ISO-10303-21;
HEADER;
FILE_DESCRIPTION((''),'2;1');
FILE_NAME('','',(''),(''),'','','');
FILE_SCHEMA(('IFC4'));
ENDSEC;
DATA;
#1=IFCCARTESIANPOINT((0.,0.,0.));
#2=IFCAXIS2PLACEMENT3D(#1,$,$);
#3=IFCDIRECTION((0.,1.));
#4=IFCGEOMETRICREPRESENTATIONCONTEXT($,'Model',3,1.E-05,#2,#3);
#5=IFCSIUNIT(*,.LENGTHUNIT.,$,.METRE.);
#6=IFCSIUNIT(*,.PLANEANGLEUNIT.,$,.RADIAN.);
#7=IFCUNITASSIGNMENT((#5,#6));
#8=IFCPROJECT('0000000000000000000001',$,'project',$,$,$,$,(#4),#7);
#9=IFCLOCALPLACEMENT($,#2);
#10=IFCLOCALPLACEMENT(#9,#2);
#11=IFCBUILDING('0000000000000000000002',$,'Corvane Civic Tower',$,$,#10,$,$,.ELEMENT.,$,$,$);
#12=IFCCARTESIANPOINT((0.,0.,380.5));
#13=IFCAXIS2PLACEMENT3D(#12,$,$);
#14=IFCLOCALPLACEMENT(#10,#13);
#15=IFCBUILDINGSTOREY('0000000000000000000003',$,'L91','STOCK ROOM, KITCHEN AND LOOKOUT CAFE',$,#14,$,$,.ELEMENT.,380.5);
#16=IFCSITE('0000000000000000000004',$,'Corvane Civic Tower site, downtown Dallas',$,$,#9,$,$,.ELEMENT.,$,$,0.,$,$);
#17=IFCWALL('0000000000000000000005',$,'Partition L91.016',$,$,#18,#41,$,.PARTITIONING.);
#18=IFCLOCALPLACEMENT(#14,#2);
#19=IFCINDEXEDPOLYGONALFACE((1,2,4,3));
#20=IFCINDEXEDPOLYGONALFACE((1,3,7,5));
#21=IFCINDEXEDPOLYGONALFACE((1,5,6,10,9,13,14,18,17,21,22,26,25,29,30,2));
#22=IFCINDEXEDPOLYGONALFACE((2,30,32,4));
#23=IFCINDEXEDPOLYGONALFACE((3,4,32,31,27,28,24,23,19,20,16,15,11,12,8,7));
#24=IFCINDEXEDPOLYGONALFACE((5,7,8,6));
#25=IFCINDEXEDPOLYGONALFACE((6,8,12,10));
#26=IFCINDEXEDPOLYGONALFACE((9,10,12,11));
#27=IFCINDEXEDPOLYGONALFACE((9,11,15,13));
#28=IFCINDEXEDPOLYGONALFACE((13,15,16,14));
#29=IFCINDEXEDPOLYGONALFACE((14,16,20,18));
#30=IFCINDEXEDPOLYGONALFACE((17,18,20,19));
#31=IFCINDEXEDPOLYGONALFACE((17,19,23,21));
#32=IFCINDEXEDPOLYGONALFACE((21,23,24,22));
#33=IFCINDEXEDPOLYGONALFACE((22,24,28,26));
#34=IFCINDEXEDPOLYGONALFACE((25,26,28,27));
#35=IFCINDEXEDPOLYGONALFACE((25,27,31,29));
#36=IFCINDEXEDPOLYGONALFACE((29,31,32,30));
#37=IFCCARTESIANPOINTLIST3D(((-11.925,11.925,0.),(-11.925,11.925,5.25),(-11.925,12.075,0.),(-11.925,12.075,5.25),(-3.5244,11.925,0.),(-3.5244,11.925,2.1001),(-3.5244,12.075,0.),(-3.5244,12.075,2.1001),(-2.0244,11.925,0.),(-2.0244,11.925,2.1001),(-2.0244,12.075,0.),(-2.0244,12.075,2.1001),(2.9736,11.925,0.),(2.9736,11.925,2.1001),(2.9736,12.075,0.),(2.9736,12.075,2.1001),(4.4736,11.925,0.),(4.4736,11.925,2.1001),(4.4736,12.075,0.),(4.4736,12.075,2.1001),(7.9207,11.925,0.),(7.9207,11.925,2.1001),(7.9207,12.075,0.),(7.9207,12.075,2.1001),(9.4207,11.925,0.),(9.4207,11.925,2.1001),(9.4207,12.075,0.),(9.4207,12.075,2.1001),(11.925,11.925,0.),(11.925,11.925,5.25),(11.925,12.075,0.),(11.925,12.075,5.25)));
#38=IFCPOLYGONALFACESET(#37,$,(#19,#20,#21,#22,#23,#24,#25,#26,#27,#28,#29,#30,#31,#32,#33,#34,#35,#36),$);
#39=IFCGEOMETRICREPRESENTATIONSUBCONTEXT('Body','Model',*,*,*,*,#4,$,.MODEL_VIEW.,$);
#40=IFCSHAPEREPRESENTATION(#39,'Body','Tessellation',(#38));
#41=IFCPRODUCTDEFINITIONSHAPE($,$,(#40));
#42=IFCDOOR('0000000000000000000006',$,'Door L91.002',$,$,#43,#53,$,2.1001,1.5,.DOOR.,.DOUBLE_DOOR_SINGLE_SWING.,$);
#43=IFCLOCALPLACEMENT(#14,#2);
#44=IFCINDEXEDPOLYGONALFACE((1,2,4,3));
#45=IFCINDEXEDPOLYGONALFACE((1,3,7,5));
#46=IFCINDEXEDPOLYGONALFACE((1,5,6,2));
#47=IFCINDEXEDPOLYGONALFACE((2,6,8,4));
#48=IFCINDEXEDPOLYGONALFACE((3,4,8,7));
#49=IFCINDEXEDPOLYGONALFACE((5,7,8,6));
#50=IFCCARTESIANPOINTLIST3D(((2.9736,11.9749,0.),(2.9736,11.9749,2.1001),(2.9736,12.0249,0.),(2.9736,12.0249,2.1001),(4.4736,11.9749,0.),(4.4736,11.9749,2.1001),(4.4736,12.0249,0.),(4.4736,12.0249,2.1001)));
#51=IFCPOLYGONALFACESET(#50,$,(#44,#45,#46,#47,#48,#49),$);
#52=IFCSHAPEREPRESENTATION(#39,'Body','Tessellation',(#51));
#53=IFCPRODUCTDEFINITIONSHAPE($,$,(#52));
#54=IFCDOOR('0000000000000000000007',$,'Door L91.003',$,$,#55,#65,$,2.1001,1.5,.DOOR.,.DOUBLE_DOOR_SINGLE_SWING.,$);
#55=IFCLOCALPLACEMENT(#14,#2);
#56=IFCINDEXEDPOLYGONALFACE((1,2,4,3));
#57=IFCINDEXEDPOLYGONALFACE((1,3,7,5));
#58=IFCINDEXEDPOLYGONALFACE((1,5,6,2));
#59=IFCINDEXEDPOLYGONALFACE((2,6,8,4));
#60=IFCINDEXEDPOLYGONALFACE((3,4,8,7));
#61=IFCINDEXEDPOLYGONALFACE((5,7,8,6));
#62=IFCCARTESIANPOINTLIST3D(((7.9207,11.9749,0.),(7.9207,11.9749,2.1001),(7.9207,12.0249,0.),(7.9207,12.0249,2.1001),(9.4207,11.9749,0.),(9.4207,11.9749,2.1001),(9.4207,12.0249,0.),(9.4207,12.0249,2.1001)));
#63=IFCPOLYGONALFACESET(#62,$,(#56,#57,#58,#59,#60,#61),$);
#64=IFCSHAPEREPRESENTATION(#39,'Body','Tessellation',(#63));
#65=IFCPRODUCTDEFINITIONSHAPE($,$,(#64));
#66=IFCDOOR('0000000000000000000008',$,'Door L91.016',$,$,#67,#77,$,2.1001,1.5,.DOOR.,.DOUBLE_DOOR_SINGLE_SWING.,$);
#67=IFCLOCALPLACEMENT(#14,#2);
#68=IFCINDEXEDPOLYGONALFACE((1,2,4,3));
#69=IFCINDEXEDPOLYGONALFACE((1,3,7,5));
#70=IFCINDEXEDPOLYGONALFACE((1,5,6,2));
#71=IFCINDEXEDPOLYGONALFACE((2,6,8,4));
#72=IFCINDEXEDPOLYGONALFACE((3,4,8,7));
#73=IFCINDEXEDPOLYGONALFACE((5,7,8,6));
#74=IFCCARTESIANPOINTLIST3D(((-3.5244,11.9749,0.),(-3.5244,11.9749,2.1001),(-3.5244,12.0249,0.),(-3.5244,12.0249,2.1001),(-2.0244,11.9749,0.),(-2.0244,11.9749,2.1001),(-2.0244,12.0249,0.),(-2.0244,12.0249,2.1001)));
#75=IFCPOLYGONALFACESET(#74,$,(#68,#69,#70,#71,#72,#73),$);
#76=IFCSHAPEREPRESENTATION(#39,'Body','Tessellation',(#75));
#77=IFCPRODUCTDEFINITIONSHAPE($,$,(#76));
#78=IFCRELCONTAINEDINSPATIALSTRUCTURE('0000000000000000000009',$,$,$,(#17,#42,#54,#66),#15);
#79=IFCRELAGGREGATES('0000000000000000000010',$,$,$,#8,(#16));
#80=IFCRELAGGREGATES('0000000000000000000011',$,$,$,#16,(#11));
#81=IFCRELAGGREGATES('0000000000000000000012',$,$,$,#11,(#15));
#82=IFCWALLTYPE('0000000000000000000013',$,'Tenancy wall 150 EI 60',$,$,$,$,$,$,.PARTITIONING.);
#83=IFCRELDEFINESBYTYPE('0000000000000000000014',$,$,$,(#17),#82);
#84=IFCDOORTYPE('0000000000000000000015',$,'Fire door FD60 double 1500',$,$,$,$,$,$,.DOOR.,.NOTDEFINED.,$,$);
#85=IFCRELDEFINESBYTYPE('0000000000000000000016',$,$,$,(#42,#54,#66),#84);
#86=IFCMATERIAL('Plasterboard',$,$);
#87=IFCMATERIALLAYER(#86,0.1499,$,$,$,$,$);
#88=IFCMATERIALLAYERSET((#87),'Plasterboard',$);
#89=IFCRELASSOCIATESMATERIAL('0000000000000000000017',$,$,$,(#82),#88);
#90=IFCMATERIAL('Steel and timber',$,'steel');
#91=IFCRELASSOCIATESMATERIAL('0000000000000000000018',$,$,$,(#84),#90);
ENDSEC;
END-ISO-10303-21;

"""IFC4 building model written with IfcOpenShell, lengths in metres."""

from ifc_helpers import new_model, si_unit, direction, frame, frame_2d, origin, place, context, subcontext, project, spatial, rectangle, extrude, material, layer, layer_set, type_object, element, fill, save


model = new_model("IFC4")

# Units and contexts
model_context = context("Model", 3, precision=1e-05, world=origin(), true_north=direction((0.0, 1.0)))
body_context = subcontext(model_context, "Body", "Model", "MODEL_VIEW")
ifc_project = project(units=[si_unit("LENGTHUNIT", "METRE"), si_unit("PLANEANGLEUNIT", "RADIAN")], contexts=[model_context])

# Site, building, storey
site_placement = place(None, origin())
site = spatial("IfcSite", under=ifc_project, at=site_placement, Name="Corvane Civic Tower site, downtown Dallas", CompositionType="ELEMENT", RefElevation=0.0)
building_placement = place(site_placement, origin())
building = spatial("IfcBuilding", under=site, at=building_placement, Name="Corvane Civic Tower", CompositionType="ELEMENT")
storey_placement = place(building_placement, frame((0.0, 0.0, 380.5)))
storey = spatial("IfcBuildingStorey", under=building, at=storey_placement, Name="L91", Description="STOCK ROOM, KITCHEN AND LOOKOUT CAFE", CompositionType="ELEMENT", Elevation=380.5)

# Wall, openings, doors
ifc_material_1 = material(Name="Plasterboard")
ifc_layer_1 = layer(ifc_material_1, 0.1499)
ifc_layer_set_1 = layer_set([ifc_layer_1], Name="Plasterboard")
wall_type_1 = type_object("IfcWallType", Name="Tenancy wall 150 EI 60", PredefinedType="PARTITIONING", material=ifc_layer_set_1)
wall_1_placement = place(storey_placement, frame((-11.925, 12.0, 0.0), z_axis=(0.0, 0.0, 1.0), x_axis=(1.0, 0.0, 0.0)))
wall_1 = element("IfcWall", 1, at=wall_1_placement, inside=storey, type_object=wall_type_1, Name="Partition L91.016", PredefinedType="PARTITIONING", context=body_context, shape_type="SweptSolid", body=[
    extrude(rectangle(XDim=23.8501, YDim=0.1499, at=frame_2d((11.925, 0.0))), origin(), (0.0, 0.0, 1.0), 5.25),
])
opening_1_placement = place(wall_1_placement, frame((14.8987, 0.0, 0.0)))
opening_1 = element("IfcOpeningElement", 2, at=opening_1_placement, cuts=wall_1, PredefinedType="OPENING", context=body_context, shape_type="SweptSolid", body=[
    extrude(rectangle(XDim=1.5, YDim=2.1001, at=frame_2d((0.75, 1.05))), frame((0.0, 0.085, 0.0), z_axis=(0.0, -1.0, 0.0), x_axis=(1.0, 0.0, 0.0)), (0.0, 0.0, 1.0), 0.1699),
])
opening_2_placement = place(wall_1_placement, frame((19.8457, 0.0, 0.0)))
opening_2 = element("IfcOpeningElement", 3, at=opening_2_placement, cuts=wall_1, PredefinedType="OPENING", context=body_context, shape_type="SweptSolid", body=[
    extrude(rectangle(XDim=1.5, YDim=2.1001, at=frame_2d((0.75, 1.05))), frame((0.0, 0.085, 0.0), z_axis=(0.0, -1.0, 0.0), x_axis=(1.0, 0.0, 0.0)), (0.0, 0.0, 1.0), 0.1699),
])
opening_3_placement = place(wall_1_placement, frame((8.4006, 0.0, 0.0)))
opening_3 = element("IfcOpeningElement", 4, at=opening_3_placement, cuts=wall_1, PredefinedType="OPENING", context=body_context, shape_type="SweptSolid", body=[
    extrude(rectangle(XDim=1.5, YDim=2.1001, at=frame_2d((0.75, 1.05))), frame((0.0, 0.085, 0.0), z_axis=(0.0, -1.0, 0.0), x_axis=(1.0, 0.0, 0.0)), (0.0, 0.0, 1.0), 0.1699),
])
ifc_material_2 = material(Name="Steel and timber", Category="steel")
door_type_1 = type_object("IfcDoorType", Name="Fire door FD60 double 1500", OperationType="NOTDEFINED", PredefinedType="DOOR", material=ifc_material_2)
door_1_placement = place(opening_1_placement, origin())
door_1 = element("IfcDoor", 5, at=door_1_placement, inside=storey, type_object=door_type_1, Name="Door L91.002", OperationType="DOUBLE_DOOR_SINGLE_SWING", OverallHeight=2.1001, OverallWidth=1.5, PredefinedType="DOOR", context=body_context, shape_type="SweptSolid", body=[
    extrude(rectangle(XDim=1.5, YDim=2.1001, at=frame_2d((0.75, 1.05))), frame((0.0, 0.0249, 0.0), z_axis=(0.0, -1.0, 0.0), x_axis=(1.0, 0.0, 0.0)), (0.0, 0.0, 1.0), 0.05),
])
fill(opening_1, door_1)
door_2_placement = place(opening_2_placement, origin())
door_2 = element("IfcDoor", 6, at=door_2_placement, inside=storey, type_object=door_type_1, Name="Door L91.003", OperationType="DOUBLE_DOOR_SINGLE_SWING", OverallHeight=2.1001, OverallWidth=1.5, PredefinedType="DOOR", context=body_context, shape_type="SweptSolid", body=[
    extrude(rectangle(XDim=1.5, YDim=2.1001, at=frame_2d((0.75, 1.05))), frame((0.0, 0.0249, 0.0), z_axis=(0.0, -1.0, 0.0), x_axis=(1.0, 0.0, 0.0)), (0.0, 0.0, 1.0), 0.05),
])
fill(opening_2, door_2)
door_3_placement = place(opening_3_placement, origin())
door_3 = element("IfcDoor", 7, at=door_3_placement, inside=storey, type_object=door_type_1, Name="Door L91.016", OperationType="DOUBLE_DOOR_SINGLE_SWING", OverallHeight=2.1001, OverallWidth=1.5, PredefinedType="DOOR", context=body_context, shape_type="SweptSolid", body=[
    extrude(rectangle(XDim=1.5, YDim=2.1001, at=frame_2d((0.75, 1.05))), frame((0.0, 0.0249, 0.0), z_axis=(0.0, -1.0, 0.0), x_axis=(1.0, 0.0, 0.0)), (0.0, 0.0, 1.0), 0.05),
])
fill(opening_3, door_3)

save(model, "model.ifc")
